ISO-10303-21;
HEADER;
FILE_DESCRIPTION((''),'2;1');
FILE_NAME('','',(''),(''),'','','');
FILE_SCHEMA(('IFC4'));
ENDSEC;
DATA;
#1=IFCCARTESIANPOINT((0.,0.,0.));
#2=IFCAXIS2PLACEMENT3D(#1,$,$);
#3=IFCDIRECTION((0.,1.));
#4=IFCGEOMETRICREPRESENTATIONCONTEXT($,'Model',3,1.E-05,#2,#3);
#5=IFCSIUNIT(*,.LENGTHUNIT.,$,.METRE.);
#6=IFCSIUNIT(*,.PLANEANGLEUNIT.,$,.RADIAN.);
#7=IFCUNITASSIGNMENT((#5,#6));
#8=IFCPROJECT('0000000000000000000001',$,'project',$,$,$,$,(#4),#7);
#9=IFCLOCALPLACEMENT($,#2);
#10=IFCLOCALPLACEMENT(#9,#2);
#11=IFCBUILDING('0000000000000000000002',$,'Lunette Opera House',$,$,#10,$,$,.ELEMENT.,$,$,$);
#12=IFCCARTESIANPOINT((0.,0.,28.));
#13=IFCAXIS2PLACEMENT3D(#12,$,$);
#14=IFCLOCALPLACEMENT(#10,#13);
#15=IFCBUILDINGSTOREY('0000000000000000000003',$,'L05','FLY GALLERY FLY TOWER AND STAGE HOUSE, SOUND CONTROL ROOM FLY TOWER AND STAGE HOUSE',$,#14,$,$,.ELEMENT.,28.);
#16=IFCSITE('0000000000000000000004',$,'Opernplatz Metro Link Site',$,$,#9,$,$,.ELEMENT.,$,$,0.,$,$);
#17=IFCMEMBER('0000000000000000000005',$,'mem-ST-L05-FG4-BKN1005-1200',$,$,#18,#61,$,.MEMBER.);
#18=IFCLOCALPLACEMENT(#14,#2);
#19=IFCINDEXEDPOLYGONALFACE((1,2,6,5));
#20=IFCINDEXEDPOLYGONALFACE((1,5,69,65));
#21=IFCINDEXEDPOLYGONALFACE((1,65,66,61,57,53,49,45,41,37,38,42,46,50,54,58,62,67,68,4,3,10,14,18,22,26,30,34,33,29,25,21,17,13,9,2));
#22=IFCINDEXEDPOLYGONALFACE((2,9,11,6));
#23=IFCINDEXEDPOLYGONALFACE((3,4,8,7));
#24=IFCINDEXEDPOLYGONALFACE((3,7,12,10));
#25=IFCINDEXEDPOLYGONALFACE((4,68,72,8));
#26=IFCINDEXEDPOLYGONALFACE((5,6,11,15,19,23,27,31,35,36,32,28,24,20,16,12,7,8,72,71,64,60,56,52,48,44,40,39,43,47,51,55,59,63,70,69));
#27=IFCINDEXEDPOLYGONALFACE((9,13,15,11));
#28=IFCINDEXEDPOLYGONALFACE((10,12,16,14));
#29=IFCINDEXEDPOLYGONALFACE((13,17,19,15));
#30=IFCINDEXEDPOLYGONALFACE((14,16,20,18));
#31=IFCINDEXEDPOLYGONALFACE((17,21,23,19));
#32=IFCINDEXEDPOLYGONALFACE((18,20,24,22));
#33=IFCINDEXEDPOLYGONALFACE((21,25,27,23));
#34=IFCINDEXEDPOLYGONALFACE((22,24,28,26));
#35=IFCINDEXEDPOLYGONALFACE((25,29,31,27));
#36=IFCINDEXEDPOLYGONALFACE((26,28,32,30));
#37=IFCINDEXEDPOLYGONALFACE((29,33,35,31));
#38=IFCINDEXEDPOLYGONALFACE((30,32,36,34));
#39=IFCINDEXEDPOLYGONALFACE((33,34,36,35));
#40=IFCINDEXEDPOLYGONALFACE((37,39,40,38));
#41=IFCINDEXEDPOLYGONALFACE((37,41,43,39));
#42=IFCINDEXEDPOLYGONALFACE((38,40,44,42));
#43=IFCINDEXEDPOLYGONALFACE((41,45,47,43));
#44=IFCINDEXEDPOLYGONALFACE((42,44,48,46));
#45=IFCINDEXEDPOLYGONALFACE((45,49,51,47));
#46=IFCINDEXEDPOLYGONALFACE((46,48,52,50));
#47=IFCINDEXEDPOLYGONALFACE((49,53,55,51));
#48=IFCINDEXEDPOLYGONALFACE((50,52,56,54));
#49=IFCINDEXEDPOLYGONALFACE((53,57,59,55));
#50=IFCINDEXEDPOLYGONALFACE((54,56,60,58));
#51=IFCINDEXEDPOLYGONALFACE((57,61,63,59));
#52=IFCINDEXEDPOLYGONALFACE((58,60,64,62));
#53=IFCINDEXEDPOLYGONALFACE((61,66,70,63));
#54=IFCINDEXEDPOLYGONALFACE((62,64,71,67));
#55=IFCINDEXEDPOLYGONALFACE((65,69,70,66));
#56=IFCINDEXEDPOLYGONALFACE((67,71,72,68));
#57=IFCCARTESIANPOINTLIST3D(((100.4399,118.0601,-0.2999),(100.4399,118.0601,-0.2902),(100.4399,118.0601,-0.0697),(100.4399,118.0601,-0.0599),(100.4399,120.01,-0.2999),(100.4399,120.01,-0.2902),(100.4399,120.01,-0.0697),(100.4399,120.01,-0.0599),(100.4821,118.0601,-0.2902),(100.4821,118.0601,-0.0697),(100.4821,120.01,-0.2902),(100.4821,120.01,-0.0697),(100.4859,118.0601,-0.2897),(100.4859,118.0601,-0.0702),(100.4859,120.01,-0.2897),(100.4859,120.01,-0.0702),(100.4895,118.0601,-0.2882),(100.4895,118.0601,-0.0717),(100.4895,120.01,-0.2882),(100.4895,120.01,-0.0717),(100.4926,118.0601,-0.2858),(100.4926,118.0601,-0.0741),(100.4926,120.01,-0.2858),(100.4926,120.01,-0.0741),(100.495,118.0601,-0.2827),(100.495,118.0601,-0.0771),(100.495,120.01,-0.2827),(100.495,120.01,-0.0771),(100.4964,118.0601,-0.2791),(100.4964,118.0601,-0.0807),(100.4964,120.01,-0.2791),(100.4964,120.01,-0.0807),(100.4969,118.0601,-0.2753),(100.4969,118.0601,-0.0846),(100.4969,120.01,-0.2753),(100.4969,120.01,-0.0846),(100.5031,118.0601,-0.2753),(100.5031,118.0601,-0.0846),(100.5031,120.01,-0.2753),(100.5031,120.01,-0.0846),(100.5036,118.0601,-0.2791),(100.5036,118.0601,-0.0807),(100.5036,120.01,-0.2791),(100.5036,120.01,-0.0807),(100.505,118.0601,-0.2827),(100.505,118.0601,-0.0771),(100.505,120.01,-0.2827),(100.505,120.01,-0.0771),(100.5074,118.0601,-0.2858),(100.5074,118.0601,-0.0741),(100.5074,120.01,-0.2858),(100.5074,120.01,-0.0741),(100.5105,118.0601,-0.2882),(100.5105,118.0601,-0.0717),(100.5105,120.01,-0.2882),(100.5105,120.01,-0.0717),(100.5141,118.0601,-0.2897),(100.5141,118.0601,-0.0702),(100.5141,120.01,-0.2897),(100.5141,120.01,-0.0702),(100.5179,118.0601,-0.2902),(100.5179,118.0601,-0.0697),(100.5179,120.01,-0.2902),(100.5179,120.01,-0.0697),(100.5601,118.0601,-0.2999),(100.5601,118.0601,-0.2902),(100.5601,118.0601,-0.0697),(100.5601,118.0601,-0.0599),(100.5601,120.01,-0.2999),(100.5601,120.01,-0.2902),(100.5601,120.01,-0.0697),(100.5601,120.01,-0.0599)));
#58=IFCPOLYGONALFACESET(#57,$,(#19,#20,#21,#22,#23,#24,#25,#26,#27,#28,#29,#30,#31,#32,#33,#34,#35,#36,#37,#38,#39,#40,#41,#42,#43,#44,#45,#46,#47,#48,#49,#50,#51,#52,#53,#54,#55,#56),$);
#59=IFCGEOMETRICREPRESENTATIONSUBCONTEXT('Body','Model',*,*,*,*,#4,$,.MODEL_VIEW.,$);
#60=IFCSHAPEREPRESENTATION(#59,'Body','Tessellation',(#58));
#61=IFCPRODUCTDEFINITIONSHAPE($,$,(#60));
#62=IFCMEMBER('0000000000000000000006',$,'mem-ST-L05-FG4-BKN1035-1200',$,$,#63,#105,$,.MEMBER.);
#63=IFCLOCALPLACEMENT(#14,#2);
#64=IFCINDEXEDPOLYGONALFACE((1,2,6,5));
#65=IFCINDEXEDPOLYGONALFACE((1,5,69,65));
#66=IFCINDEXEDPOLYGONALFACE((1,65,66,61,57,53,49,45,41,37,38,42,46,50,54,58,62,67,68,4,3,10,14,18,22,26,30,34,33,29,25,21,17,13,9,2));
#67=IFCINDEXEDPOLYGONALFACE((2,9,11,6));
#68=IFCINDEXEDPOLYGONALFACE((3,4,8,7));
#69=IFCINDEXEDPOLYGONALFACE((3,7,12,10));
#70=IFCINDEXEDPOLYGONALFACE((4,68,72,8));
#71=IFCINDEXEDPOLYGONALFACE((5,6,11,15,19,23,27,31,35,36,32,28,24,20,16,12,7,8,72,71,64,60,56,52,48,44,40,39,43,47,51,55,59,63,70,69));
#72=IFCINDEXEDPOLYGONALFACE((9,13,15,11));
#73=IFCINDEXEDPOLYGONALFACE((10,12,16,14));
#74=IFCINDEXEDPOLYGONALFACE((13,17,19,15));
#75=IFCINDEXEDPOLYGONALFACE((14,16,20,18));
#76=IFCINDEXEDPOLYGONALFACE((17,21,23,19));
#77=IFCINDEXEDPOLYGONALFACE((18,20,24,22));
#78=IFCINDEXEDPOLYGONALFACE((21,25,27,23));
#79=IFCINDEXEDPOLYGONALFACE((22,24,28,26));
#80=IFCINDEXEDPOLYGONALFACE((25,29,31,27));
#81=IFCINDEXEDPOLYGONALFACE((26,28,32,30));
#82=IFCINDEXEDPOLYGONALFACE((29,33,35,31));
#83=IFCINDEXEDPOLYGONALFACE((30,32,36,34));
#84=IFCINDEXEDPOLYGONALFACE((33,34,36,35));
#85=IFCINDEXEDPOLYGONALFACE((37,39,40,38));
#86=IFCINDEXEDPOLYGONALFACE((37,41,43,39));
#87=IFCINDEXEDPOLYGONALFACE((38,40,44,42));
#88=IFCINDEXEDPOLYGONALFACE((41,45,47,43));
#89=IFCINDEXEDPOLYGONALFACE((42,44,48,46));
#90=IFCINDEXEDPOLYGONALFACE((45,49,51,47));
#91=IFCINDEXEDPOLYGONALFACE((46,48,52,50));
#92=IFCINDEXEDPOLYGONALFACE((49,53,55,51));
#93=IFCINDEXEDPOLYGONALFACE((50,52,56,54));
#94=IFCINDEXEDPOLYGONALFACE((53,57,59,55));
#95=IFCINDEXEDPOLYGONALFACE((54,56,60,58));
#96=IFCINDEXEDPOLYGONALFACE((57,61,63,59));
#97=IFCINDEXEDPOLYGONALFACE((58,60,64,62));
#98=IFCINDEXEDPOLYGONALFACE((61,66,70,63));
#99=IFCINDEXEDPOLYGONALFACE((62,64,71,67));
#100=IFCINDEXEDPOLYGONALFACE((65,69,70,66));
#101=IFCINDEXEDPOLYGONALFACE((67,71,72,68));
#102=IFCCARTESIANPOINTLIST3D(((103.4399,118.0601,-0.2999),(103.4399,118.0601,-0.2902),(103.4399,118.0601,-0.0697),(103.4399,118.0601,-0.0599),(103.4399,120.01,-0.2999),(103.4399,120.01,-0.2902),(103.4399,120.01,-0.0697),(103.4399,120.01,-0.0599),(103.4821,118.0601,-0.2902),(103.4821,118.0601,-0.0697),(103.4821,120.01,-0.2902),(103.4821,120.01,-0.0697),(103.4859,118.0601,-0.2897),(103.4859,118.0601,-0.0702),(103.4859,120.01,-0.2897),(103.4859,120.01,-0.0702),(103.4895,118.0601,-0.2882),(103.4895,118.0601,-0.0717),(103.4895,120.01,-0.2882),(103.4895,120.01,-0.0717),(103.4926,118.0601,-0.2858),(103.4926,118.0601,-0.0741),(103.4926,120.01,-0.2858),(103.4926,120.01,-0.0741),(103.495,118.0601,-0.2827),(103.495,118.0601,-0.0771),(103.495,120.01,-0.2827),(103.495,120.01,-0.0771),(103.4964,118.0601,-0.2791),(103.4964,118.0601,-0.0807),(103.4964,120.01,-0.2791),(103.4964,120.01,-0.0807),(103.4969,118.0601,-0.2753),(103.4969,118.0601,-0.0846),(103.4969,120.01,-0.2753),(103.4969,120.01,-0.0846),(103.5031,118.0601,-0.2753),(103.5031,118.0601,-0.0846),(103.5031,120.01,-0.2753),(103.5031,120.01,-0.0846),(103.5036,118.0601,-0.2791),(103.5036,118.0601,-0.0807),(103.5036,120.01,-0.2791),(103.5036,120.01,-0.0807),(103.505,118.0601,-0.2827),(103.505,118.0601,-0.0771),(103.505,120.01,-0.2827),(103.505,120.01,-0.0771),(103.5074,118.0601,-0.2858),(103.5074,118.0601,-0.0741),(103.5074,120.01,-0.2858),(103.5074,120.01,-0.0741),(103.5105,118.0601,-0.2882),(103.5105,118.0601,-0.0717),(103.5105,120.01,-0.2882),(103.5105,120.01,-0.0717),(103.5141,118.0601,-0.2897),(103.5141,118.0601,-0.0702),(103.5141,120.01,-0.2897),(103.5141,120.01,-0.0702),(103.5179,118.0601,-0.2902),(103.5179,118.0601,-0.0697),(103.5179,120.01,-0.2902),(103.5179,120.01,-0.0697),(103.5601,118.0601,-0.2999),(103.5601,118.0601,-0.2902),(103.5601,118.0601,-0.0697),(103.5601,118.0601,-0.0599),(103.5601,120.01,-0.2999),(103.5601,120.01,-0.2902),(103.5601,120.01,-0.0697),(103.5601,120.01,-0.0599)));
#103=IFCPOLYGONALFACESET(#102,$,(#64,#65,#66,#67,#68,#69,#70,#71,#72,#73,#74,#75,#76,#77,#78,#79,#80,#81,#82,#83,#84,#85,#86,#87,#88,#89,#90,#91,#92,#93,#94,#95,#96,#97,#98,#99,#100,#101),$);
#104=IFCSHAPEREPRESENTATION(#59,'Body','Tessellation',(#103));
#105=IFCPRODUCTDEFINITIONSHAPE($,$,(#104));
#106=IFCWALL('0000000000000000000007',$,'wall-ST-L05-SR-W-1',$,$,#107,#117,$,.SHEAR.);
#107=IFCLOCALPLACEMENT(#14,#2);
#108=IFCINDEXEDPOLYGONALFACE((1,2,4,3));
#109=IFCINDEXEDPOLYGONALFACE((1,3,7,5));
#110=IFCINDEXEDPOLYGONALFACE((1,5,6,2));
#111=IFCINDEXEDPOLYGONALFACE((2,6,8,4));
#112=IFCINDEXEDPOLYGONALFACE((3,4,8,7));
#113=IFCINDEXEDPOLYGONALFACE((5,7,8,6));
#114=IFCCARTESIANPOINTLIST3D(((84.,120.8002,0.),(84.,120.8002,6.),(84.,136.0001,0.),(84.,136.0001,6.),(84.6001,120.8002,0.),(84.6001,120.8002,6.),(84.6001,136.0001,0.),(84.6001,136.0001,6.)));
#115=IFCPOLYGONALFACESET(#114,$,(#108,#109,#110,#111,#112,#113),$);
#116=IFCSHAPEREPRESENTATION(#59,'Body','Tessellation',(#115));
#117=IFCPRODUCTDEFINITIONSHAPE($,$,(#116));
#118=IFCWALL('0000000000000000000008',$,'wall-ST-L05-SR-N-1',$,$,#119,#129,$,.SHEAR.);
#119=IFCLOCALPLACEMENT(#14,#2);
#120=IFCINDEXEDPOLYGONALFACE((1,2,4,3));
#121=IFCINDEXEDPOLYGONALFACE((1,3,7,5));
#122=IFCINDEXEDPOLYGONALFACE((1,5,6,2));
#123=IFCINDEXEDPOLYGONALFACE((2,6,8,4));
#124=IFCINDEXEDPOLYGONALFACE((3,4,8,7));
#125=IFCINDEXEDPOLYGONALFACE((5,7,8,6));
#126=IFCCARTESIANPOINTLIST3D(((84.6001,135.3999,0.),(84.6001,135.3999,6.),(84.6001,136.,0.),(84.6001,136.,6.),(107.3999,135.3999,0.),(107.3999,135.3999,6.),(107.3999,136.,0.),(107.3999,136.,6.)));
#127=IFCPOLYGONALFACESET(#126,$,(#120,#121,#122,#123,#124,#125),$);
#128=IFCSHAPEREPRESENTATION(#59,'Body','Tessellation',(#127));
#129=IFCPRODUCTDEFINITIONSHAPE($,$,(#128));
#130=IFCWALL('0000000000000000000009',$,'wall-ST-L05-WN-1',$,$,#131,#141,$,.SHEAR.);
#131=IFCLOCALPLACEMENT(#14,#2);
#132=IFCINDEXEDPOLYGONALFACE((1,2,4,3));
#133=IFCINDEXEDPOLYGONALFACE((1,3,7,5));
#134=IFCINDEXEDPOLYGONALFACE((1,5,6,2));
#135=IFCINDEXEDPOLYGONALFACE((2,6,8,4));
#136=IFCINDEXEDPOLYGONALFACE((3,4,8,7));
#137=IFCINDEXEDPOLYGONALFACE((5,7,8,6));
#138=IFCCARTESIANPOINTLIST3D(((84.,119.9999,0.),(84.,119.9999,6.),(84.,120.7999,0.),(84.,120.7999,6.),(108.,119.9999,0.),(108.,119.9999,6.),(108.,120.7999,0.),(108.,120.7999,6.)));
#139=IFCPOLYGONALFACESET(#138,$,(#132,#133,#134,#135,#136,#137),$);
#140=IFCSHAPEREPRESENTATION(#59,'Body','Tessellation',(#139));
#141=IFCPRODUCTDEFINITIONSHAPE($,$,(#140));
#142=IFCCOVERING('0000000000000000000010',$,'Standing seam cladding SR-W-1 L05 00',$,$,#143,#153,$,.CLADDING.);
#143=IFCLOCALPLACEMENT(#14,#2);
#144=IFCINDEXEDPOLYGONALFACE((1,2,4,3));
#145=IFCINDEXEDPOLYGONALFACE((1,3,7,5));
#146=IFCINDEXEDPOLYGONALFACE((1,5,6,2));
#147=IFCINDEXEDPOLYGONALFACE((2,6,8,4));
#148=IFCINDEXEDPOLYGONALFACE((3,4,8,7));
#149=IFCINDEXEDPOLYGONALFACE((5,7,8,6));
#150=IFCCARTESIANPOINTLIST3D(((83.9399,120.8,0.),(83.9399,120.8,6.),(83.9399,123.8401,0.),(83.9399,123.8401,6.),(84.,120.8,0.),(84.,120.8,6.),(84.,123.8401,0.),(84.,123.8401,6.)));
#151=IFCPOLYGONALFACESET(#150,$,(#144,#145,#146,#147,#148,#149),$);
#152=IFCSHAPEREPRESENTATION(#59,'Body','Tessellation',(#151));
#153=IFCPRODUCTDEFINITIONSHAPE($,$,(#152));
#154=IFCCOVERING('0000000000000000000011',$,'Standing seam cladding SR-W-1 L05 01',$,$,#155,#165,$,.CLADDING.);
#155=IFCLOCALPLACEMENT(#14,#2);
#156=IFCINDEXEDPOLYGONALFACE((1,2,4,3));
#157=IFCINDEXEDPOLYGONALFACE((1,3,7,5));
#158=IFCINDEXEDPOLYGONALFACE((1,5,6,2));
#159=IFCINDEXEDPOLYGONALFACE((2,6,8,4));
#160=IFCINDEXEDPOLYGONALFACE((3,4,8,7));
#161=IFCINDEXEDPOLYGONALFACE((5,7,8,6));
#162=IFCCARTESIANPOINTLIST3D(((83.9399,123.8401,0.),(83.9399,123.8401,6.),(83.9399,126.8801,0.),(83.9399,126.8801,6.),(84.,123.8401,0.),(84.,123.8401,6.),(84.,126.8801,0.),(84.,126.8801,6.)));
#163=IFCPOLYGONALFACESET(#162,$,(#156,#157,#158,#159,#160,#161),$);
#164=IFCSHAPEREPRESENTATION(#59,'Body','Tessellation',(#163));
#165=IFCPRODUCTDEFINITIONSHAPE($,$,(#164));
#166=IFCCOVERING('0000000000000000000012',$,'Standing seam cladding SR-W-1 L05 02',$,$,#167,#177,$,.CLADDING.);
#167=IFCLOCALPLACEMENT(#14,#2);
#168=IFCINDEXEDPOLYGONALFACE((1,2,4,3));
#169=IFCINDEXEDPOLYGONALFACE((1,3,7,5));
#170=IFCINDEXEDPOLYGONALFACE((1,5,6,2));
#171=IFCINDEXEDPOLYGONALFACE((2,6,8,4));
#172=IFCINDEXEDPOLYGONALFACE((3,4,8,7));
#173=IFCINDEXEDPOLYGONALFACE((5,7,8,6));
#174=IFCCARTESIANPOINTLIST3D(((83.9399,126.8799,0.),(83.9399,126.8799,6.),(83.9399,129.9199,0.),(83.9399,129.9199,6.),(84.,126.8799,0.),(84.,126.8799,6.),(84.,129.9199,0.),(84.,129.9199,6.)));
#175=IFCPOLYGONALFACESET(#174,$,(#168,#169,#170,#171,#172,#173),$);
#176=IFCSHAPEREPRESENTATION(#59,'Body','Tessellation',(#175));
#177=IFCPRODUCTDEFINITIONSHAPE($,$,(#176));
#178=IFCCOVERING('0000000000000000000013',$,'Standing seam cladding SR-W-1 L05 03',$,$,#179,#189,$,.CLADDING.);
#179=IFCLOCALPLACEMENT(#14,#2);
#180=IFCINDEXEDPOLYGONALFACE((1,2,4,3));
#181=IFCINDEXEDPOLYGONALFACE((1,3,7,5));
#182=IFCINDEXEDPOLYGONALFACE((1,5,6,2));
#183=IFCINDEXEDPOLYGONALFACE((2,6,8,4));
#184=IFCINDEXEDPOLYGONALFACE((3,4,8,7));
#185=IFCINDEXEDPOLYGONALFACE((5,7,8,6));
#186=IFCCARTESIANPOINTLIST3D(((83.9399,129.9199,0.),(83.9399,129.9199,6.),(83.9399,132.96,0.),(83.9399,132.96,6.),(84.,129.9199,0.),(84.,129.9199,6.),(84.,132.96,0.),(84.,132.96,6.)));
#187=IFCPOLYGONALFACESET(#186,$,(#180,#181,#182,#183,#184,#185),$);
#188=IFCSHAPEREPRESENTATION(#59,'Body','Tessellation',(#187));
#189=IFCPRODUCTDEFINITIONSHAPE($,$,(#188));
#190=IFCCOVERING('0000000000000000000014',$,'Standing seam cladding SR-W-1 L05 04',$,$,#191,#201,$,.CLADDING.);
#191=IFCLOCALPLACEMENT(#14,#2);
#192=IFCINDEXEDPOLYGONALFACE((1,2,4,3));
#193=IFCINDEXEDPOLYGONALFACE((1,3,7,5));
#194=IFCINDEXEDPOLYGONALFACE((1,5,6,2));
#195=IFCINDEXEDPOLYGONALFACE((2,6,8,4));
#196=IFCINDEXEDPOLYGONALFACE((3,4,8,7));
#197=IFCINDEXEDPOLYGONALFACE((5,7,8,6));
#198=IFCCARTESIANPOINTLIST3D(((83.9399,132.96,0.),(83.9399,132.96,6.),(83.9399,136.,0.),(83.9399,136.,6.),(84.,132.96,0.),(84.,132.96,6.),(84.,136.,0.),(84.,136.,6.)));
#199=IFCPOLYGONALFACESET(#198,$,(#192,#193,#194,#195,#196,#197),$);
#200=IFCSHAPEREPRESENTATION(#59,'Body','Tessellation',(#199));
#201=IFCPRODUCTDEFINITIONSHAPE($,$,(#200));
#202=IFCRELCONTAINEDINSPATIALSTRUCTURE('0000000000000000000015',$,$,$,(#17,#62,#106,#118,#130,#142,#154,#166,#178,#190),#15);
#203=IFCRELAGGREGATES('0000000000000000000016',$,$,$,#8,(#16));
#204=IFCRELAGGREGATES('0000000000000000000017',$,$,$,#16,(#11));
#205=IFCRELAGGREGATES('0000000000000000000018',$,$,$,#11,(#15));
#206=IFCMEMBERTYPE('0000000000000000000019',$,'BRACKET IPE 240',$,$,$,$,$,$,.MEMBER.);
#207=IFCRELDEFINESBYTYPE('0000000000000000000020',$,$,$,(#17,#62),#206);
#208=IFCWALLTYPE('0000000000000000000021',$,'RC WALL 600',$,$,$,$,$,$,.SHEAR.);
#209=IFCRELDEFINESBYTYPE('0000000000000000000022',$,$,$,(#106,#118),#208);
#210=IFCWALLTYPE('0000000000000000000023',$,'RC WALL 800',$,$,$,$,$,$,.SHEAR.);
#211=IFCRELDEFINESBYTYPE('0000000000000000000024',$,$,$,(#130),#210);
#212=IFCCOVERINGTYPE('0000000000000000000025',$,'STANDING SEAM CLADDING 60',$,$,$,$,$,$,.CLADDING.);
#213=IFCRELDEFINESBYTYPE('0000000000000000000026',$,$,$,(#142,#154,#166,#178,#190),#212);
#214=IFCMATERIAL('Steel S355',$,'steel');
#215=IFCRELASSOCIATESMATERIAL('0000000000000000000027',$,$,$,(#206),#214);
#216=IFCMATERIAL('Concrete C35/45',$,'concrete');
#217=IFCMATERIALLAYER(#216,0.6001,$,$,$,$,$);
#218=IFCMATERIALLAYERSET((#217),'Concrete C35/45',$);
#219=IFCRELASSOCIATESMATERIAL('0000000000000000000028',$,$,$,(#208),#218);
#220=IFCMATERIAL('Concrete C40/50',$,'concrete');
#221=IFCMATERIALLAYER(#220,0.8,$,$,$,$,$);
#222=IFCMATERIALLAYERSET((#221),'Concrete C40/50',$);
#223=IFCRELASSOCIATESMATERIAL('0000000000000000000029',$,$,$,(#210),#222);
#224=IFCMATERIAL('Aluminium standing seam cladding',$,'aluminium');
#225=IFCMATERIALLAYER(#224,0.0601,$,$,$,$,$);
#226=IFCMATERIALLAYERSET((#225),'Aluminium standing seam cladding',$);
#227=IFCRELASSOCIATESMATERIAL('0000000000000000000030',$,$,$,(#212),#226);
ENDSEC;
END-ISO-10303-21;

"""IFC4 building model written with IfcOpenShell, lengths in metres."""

from ifc_helpers import new_model, si_unit, direction, frame, frame_2d, origin, origin_2d, place, context, subcontext, project, spatial, rectangle, i_section, extrude, material, layer, layer_set, material_profile, profile_set, type_object, element, save


model = new_model("IFC4")

# Units and contexts
model_context = context("Model", 3, precision=1e-05, world=origin(), true_north=direction((0.0, 1.0)))
body_context = subcontext(model_context, "Body", "Model", "MODEL_VIEW")
ifc_project = project(units=[si_unit("LENGTHUNIT", "METRE"), si_unit("PLANEANGLEUNIT", "RADIAN")], contexts=[model_context])

# Site, building, storey
site_placement = place(None, origin())
site = spatial("IfcSite", under=ifc_project, at=site_placement, Name="Opernplatz Metro Link Site", CompositionType="ELEMENT", RefElevation=0.0)
building_placement = place(site_placement, origin())
building = spatial("IfcBuilding", under=site, at=building_placement, Name="Lunette Opera House", CompositionType="ELEMENT")
storey_placement = place(building_placement, frame((0.0, 0.0, 28.0)))
storey = spatial("IfcBuildingStorey", under=building, at=storey_placement, Name="L05", Description="FLY GALLERY FLY TOWER AND STAGE HOUSE, SOUND CONTROL ROOM FLY TOWER AND STAGE HOUSE", CompositionType="ELEMENT", Elevation=28.0)

# Members
ifc_material_1 = material(Name="Steel S355", Category="steel")
ifc_material_profile = material_profile(ifc_material_1, i_section(OverallWidth=0.1201, OverallDepth=0.24, WebThickness=0.0061, FlangeThickness=0.0098, FilletRadius=0.0149, at=origin_2d()), Name="IPE 240")
ifc_profile_set = profile_set([ifc_material_profile], Name="Steel S355")
member_type = type_object("IfcMemberType", Name="BRACKET IPE 240", PredefinedType="MEMBER", material=ifc_profile_set)
for number, where, z_axis, x_axis, name in (
    (1, (100.5, 120.01, -0.1799), (0.0, -1.0, 0.0), (1.0, 0.0, 0.0), "mem-ST-L05-FG4-BKN1005-1200"),
    (2, (103.5, 120.01, -0.1799), (0.0, -1.0, 0.0), (1.0, 0.0, 0.0), "mem-ST-L05-FG4-BKN1035-1200"),
):
    element("IfcMember", number, at=place(storey_placement, frame(where, z_axis=z_axis, x_axis=x_axis)), inside=storey, type_object=member_type, Name=name, PredefinedType="MEMBER", context=body_context, shape_type="SweptSolid", body=[
        extrude(i_section(OverallWidth=0.1201, OverallDepth=0.24, WebThickness=0.0061, FlangeThickness=0.0098, FilletRadius=0.0149, at=origin_2d()), origin(), (0.0, 0.0, 1.0), 1.95),
    ])

# Walls
ifc_material_2 = material(Name="Concrete C35/45", Category="concrete")
ifc_layer_1 = layer(ifc_material_2, 0.6001)
ifc_layer_set_1 = layer_set([ifc_layer_1], Name="Concrete C35/45")
wall_type_1 = type_object("IfcWallType", Name="RC WALL 600", PredefinedType="SHEAR", material=ifc_layer_set_1)
wall_1_placement = place(storey_placement, frame((84.3, 120.8, 0.0), z_axis=(0.0, 0.0, 1.0), x_axis=(0.0, 1.0, 0.0)))
element("IfcWall", 3, at=wall_1_placement, inside=storey, type_object=wall_type_1, Name="wall-ST-L05-SR-W-1", PredefinedType="SHEAR", context=body_context, shape_type="SweptSolid", body=[
    extrude(rectangle(XDim=15.2, YDim=0.6001, at=frame_2d((7.6001, 0.0))), origin(), (0.0, 0.0, 1.0), 6.0),
])
wall_2_placement = place(storey_placement, frame((84.6001, 135.7, 0.0), z_axis=(0.0, 0.0, 1.0), x_axis=(1.0, 0.0, 0.0)))
element("IfcWall", 4, at=wall_2_placement, inside=storey, type_object=wall_type_1, Name="wall-ST-L05-SR-N-1", PredefinedType="SHEAR", context=body_context, shape_type="SweptSolid", body=[
    extrude(rectangle(XDim=22.7998, YDim=0.6001, at=frame_2d((11.3999, 0.0))), origin(), (0.0, 0.0, 1.0), 6.0),
])
ifc_material_3 = material(Name="Concrete C40/50", Category="concrete")
ifc_layer_2 = layer(ifc_material_3, 0.8)
ifc_layer_set_2 = layer_set([ifc_layer_2], Name="Concrete C40/50")
wall_type_2 = type_object("IfcWallType", Name="RC WALL 800", PredefinedType="SHEAR", material=ifc_layer_set_2)
wall_3_placement = place(storey_placement, frame((84.0, 120.3999, 0.0), z_axis=(0.0, 0.0, 1.0), x_axis=(1.0, 0.0, 0.0)))
element("IfcWall", 5, at=wall_3_placement, inside=storey, type_object=wall_type_2, Name="wall-ST-L05-WN-1", PredefinedType="SHEAR", context=body_context, shape_type="SweptSolid", body=[
    extrude(rectangle(XDim=24.0, YDim=0.8, at=frame_2d((12.0, 0.0))), origin(), (0.0, 0.0, 1.0), 6.0),
])

# Coverings
ifc_material_4 = material(Name="Aluminium standing seam cladding", Category="aluminium")
ifc_layer_3 = layer(ifc_material_4, 0.0601)
ifc_layer_set_3 = layer_set([ifc_layer_3], Name="Aluminium standing seam cladding")
covering_type = type_object("IfcCoveringType", Name="STANDING SEAM CLADDING 60", PredefinedType="CLADDING", material=ifc_layer_set_3)
for number, where, z_axis, x_axis, name in (
    (6, (83.97, 122.3201, 0.0), (0.0, 0.0, 1.0), (0.0, 1.0, 0.0), "Standing seam cladding SR-W-1 L05 00"),
    (7, (83.97, 125.3601, 0.0), (0.0, 0.0, 1.0), (0.0, 1.0, 0.0), "Standing seam cladding SR-W-1 L05 01"),
    (8, (83.97, 128.3999, 0.0), (0.0, 0.0, 1.0), (0.0, 1.0, 0.0), "Standing seam cladding SR-W-1 L05 02"),
    (9, (83.97, 131.4399, 0.0), (0.0, 0.0, 1.0), (0.0, 1.0, 0.0), "Standing seam cladding SR-W-1 L05 03"),
    (10, (83.97, 134.48, 0.0), (0.0, 0.0, 1.0), (0.0, 1.0, 0.0), "Standing seam cladding SR-W-1 L05 04"),
):
    element("IfcCovering", number, at=place(storey_placement, frame(where, z_axis=z_axis, x_axis=x_axis)), inside=storey, type_object=covering_type, Name=name, PredefinedType="CLADDING", context=body_context, shape_type="SweptSolid", body=[
        extrude(rectangle(XDim=3.04, YDim=0.0601, at=origin_2d()), origin(), (0.0, 0.0, 1.0), 6.0),
    ])

save(model, "model.ifc")
